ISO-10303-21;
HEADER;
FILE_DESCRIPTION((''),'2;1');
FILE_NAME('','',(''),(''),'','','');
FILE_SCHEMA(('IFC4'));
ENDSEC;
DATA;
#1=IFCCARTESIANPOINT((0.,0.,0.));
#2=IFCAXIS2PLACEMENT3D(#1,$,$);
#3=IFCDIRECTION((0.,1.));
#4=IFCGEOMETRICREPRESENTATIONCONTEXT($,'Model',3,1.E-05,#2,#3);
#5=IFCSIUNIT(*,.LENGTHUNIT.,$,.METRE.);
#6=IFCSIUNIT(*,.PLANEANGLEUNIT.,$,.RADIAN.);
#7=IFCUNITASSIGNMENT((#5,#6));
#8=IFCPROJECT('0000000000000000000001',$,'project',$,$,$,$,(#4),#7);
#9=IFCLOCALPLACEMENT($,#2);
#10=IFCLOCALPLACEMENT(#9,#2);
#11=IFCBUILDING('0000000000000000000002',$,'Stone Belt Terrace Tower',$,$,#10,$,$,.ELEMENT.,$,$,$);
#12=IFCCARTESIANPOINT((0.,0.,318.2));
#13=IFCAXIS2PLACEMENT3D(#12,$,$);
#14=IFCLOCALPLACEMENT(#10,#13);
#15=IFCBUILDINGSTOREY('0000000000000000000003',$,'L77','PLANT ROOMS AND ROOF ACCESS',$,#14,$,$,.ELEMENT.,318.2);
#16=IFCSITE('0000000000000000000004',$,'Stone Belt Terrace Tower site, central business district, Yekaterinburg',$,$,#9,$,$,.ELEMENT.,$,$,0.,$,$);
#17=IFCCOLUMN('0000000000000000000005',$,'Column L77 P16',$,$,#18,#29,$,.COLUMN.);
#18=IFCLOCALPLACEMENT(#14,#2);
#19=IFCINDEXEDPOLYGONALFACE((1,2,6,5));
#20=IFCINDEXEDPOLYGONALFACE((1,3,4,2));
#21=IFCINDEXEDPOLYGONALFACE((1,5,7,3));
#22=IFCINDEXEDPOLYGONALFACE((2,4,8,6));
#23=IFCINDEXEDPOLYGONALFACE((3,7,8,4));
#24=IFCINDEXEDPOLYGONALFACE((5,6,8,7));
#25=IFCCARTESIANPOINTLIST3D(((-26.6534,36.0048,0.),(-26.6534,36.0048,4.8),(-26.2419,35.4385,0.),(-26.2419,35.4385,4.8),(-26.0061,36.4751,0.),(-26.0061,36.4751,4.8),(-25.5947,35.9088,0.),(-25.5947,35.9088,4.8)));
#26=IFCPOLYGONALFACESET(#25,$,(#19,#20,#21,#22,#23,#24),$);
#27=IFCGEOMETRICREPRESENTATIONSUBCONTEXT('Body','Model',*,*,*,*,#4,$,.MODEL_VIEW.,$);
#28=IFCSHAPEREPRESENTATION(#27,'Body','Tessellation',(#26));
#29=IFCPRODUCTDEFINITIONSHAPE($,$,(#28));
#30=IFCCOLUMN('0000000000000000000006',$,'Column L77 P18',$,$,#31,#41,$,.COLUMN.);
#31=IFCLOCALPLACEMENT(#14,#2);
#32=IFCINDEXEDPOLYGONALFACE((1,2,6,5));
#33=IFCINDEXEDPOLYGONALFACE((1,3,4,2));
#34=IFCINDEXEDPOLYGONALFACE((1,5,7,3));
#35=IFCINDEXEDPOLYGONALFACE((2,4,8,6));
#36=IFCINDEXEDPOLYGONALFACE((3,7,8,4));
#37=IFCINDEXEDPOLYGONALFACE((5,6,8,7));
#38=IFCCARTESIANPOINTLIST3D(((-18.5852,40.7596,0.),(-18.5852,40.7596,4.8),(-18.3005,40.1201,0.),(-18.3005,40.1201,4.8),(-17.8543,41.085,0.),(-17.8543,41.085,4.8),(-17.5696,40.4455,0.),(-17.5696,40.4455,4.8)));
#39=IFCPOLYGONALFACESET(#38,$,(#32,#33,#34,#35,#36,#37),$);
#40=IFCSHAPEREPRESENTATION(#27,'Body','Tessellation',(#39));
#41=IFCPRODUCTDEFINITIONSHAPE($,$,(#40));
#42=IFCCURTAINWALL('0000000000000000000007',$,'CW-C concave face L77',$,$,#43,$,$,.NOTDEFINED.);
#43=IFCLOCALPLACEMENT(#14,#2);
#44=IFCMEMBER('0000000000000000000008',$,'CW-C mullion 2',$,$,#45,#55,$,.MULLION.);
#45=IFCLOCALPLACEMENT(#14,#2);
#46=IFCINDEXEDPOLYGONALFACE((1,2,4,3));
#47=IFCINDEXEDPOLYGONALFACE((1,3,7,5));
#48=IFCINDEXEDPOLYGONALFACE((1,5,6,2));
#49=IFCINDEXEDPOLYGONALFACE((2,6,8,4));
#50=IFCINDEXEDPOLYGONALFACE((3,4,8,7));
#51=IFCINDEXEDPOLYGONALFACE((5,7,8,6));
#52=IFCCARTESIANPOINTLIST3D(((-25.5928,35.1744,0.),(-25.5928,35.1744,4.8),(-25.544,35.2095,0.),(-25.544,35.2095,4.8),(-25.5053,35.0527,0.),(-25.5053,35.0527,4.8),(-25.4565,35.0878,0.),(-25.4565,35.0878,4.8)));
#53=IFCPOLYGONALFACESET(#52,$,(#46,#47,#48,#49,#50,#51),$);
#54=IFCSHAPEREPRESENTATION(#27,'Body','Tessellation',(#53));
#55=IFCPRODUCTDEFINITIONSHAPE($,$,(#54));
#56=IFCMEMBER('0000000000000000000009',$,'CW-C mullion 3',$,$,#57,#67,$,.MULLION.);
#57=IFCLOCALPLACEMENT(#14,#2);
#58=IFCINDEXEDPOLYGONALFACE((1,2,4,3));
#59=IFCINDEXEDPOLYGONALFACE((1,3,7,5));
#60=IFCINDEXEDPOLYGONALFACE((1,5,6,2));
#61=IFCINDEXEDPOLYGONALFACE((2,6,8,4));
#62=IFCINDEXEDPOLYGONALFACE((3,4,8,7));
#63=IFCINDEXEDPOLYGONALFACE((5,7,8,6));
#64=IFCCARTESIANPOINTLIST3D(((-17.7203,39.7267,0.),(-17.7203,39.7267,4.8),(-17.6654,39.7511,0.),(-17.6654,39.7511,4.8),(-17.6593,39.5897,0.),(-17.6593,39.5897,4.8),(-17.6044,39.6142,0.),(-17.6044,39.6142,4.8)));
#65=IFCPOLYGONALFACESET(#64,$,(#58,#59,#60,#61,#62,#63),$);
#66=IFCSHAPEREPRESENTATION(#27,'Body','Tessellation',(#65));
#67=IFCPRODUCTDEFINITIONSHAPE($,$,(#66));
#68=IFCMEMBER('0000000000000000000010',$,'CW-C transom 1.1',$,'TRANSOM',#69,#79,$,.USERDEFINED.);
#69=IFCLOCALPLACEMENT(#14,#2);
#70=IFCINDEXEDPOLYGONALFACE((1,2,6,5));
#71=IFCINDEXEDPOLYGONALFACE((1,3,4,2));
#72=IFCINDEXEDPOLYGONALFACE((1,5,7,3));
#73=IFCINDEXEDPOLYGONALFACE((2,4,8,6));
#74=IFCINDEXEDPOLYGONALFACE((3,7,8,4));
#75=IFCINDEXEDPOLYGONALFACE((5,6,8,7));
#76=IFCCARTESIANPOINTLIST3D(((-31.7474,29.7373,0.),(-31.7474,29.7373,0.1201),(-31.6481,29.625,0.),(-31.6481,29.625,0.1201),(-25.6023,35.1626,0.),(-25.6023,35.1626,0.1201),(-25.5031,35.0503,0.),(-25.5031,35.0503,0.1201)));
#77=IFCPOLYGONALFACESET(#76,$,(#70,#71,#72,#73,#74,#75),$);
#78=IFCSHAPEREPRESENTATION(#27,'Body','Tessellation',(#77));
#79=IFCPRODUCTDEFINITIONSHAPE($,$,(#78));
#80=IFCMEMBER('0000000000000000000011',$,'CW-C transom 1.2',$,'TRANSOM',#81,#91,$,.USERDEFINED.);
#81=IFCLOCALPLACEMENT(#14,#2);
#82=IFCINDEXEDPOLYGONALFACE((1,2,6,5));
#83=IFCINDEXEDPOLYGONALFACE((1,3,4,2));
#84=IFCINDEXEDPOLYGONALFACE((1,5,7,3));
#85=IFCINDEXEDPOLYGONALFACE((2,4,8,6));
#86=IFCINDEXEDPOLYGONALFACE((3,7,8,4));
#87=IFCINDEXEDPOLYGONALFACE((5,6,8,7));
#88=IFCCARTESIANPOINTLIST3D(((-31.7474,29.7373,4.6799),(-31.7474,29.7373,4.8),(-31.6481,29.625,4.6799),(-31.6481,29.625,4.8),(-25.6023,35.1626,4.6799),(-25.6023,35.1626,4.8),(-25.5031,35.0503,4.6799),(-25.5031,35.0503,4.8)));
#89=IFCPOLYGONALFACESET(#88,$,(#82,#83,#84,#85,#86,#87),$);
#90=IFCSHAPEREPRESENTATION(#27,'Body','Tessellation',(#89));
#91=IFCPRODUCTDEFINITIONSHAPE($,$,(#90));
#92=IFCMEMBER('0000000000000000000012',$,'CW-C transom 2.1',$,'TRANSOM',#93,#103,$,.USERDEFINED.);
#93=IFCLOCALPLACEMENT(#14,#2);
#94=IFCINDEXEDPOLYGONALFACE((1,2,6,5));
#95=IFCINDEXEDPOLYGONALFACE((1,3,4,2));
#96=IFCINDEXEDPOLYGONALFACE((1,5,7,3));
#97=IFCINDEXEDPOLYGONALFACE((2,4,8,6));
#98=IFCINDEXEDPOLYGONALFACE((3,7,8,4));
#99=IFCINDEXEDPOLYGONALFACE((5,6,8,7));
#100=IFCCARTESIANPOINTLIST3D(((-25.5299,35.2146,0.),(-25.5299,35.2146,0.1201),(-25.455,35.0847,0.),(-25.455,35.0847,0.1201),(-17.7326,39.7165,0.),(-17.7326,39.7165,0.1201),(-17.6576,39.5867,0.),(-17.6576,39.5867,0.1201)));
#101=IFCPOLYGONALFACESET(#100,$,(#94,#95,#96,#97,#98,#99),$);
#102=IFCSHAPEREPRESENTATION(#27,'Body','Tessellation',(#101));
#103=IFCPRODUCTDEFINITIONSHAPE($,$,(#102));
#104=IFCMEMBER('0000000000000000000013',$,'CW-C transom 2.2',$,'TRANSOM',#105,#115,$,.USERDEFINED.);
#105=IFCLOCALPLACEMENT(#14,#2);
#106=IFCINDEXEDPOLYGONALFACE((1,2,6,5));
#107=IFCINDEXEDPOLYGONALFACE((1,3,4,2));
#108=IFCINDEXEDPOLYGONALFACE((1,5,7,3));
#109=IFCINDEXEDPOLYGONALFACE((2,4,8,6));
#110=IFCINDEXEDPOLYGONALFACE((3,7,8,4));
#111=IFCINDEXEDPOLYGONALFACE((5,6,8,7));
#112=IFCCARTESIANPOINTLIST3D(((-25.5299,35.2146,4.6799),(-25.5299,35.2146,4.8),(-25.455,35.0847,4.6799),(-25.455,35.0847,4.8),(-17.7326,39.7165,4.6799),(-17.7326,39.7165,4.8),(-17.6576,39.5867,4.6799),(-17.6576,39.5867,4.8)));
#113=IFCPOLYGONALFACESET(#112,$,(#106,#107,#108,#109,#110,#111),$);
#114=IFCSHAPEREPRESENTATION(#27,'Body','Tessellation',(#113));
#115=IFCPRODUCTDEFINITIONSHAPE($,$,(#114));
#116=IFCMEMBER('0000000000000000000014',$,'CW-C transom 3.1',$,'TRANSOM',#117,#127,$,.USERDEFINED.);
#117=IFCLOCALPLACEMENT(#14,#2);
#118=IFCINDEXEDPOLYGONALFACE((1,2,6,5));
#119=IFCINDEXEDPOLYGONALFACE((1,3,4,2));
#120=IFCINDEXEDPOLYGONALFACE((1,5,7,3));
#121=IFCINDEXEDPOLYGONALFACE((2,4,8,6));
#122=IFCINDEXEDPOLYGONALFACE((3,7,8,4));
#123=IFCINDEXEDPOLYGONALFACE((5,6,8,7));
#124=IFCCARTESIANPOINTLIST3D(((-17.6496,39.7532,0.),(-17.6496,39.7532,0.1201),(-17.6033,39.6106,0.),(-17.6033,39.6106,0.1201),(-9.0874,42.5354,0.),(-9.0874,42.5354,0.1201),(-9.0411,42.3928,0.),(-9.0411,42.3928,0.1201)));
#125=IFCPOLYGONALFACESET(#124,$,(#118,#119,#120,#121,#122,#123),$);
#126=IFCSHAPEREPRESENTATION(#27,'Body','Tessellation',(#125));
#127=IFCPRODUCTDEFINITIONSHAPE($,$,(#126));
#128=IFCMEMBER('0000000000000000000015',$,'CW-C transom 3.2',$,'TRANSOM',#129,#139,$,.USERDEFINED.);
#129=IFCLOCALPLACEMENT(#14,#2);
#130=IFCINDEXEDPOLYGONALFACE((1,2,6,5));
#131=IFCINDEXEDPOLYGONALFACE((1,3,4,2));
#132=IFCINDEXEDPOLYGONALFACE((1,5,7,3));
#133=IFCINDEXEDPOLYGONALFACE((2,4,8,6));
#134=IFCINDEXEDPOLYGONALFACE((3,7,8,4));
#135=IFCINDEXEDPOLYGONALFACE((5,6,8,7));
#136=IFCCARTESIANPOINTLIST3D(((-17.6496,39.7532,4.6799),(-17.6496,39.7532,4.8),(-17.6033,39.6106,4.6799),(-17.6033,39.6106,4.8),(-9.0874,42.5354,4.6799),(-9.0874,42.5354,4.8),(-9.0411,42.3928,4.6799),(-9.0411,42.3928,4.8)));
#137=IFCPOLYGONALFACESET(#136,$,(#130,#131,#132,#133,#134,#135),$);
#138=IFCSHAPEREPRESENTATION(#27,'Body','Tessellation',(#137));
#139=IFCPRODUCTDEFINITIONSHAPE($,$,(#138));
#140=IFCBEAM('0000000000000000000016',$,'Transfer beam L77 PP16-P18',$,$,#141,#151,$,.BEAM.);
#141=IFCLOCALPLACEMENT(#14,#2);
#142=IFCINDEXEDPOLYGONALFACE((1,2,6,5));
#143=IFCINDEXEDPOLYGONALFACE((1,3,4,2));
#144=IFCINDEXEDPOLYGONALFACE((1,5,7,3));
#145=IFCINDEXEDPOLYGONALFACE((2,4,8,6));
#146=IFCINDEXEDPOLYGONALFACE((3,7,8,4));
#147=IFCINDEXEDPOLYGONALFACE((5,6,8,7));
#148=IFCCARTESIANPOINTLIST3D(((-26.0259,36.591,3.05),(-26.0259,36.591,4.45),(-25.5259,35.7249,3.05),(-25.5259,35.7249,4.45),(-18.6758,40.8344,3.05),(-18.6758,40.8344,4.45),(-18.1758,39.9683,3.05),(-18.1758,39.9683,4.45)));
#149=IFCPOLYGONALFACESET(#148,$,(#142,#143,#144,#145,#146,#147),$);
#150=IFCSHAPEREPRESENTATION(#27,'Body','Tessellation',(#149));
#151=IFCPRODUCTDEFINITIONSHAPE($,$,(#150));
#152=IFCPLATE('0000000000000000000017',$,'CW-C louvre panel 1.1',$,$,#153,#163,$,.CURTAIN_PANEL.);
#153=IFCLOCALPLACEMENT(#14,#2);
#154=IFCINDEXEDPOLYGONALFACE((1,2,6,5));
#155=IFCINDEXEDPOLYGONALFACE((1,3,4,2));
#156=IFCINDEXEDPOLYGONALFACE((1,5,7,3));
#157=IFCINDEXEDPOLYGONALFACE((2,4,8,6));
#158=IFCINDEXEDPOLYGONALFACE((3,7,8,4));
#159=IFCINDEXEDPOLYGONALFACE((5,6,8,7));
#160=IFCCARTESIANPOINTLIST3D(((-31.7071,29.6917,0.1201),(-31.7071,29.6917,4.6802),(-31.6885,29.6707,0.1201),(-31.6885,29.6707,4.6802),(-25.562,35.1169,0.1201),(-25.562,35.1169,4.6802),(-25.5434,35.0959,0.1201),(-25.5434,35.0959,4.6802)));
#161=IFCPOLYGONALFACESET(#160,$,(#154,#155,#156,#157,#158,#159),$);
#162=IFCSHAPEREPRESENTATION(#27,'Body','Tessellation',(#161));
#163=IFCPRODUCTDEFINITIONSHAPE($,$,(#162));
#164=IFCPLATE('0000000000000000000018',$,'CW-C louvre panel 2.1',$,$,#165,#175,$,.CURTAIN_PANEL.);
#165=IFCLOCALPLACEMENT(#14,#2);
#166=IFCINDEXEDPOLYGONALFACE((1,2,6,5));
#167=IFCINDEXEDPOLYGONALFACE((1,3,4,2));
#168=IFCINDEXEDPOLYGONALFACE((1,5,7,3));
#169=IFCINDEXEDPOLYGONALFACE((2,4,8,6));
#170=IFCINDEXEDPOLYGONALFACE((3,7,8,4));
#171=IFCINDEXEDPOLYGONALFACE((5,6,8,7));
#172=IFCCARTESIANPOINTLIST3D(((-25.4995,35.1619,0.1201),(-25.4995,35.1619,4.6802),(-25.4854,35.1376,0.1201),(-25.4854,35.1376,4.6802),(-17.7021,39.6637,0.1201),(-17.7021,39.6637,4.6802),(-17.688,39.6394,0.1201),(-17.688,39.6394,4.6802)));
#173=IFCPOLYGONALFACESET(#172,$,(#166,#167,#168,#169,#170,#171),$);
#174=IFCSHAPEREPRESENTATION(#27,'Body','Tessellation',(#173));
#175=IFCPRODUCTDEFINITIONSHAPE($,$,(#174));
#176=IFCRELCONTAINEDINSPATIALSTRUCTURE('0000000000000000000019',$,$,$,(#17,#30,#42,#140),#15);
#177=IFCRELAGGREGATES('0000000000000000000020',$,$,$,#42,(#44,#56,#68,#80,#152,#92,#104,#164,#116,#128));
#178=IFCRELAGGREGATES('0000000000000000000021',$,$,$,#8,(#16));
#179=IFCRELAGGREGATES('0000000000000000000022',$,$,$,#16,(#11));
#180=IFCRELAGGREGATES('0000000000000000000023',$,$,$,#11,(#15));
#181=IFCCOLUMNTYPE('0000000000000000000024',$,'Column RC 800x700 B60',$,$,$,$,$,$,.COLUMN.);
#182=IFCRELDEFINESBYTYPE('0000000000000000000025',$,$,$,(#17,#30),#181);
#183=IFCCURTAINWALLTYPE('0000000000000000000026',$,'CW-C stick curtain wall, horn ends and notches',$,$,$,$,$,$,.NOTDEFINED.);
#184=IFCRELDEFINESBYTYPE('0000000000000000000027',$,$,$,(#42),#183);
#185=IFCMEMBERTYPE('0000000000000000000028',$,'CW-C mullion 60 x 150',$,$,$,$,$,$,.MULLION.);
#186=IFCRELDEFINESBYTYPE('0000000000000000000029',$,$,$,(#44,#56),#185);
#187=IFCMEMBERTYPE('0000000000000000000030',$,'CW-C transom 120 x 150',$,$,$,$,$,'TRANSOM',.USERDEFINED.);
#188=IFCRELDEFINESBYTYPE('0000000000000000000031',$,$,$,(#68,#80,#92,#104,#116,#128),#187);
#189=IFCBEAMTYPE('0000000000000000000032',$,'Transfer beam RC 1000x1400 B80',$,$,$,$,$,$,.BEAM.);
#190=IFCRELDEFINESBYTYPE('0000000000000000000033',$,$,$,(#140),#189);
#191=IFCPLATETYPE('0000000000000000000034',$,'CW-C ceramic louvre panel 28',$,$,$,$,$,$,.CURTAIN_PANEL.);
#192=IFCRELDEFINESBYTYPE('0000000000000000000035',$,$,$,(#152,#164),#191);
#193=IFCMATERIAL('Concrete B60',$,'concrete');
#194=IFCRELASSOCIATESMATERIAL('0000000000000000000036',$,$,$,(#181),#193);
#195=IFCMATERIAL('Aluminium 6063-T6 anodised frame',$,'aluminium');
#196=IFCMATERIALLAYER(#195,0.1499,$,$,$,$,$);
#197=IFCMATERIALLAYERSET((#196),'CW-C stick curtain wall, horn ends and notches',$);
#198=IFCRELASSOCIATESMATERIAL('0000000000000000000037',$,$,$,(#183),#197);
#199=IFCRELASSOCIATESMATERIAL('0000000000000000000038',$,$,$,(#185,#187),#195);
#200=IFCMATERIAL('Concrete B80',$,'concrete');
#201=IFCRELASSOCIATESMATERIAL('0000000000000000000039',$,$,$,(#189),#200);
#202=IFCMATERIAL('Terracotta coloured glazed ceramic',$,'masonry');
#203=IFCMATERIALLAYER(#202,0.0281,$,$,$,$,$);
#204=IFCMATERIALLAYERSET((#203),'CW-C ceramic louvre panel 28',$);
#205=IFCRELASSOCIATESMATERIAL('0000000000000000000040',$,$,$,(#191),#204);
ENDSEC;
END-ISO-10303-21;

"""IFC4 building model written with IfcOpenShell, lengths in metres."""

from ifc_helpers import new_model, si_unit, direction, frame, origin, origin_2d, place, context, subcontext, project, spatial, rectangle, extrude, material, layer, layer_set, material_profile, profile_set, type_object, element, aggregate, save


model = new_model("IFC4")

# Units and contexts
model_context = context("Model", 3, precision=1e-05, world=origin(), true_north=direction((0.0, 1.0)))
body_context = subcontext(model_context, "Body", "Model", "MODEL_VIEW")
ifc_project = project(units=[si_unit("LENGTHUNIT", "METRE"), si_unit("PLANEANGLEUNIT", "RADIAN")], contexts=[model_context])

# Site, building, storey
site_placement = place(None, origin())
site = spatial("IfcSite", under=ifc_project, at=site_placement, Name="Stone Belt Terrace Tower site, central business district, Yekaterinburg", CompositionType="ELEMENT", RefElevation=0.0)
building_placement = place(site_placement, origin())
building = spatial("IfcBuilding", under=site, at=building_placement, Name="Stone Belt Terrace Tower", CompositionType="ELEMENT")
storey_placement = place(building_placement, frame((0.0, 0.0, 318.2)))
storey = spatial("IfcBuildingStorey", under=building, at=storey_placement, Name="L77", Description="PLANT ROOMS AND ROOF ACCESS", CompositionType="ELEMENT", Elevation=318.2)

# Columns
ifc_material_1 = material(Name="Concrete B60", Category="concrete")
ifc_material_profile_1 = material_profile(ifc_material_1, rectangle(XDim=0.8, YDim=0.7, at=origin_2d()), Name="RC 800x700")
ifc_profile_set_1 = profile_set([ifc_material_profile_1], Name="Concrete B60")
column_type = type_object("IfcColumnType", Name="Column RC 800x700 B60", PredefinedType="COLUMN", material=ifc_profile_set_1)
for number, where, z_axis, x_axis, name in (
    (1, (-26.124, 35.9568, 0.0), (0.0, 0.0, 1.0), (0.809017, 0.587785, 0.0), "Column L77 P16"),
    (2, (-18.0774, 40.6025, 0.0), (0.0, 0.0, 1.0), (0.913545, 0.406737, 0.0), "Column L77 P18"),
):
    element("IfcColumn", number, at=place(storey_placement, frame(where, z_axis=z_axis, x_axis=x_axis)), inside=storey, type_object=column_type, Name=name, PredefinedType="COLUMN", context=body_context, shape_type="SweptSolid", body=[
        extrude(rectangle(XDim=0.8, YDim=0.7, at=origin_2d()), origin(), (0.0, 0.0, 1.0), 4.8),
    ])

# Curtain wall, members
ifc_material_2 = material(Name="Aluminium 6063-T6 anodised frame", Category="aluminium")
ifc_layer_1 = layer(ifc_material_2, 0.1499)
ifc_layer_set_1 = layer_set([ifc_layer_1], Name="CW-C stick curtain wall, horn ends and notches")
curtain_wall_type = type_object("IfcCurtainWallType", Name="CW-C stick curtain wall, horn ends and notches", PredefinedType="NOTDEFINED", material=ifc_layer_set_1)
curtain_wall_placement = place(storey_placement, origin())
curtain_wall = element("IfcCurtainWall", 3, at=curtain_wall_placement, inside=storey, type_object=curtain_wall_type, Name="CW-C concave face L77", PredefinedType="NOTDEFINED")
ifc_material_profile_2 = material_profile(ifc_material_2, rectangle(XDim=0.1499, YDim=0.0601, at=origin_2d()), Name="Aluminium 6063-T6 60x150")
ifc_profile_set_2 = profile_set([ifc_material_profile_2], Name="Aluminium 6063-T6 anodised frame")
member_type_1 = type_object("IfcMemberType", Name="CW-C mullion 60 x 150", PredefinedType="MULLION", material=ifc_profile_set_2)
member_1_placement = place(storey_placement, frame((-25.5247, 35.1311, 0.0), z_axis=(0.0, 0.0, 1.0), x_axis=(-0.583819, 0.811884, 0.0)))
member_1 = element("IfcMember", 4, at=member_1_placement, type_object=member_type_1, Name="CW-C mullion 2", PredefinedType="MULLION", context=body_context, shape_type="SweptSolid", body=[
    extrude(rectangle(XDim=0.1499, YDim=0.0601, at=origin_2d()), origin(), (0.0, 0.0, 1.0), 4.8),
])
member_2_placement = place(storey_placement, frame((-17.6624, 39.6704, 0.0), z_axis=(0.0, 0.0, 1.0), x_axis=(-0.406737, 0.913545, 0.0)))
member_2 = element("IfcMember", 5, at=member_2_placement, type_object=member_type_1, Name="CW-C mullion 3", PredefinedType="MULLION", context=body_context, shape_type="SweptSolid", body=[
    extrude(rectangle(XDim=0.1499, YDim=0.0601, at=origin_2d()), origin(), (0.0, 0.0, 1.0), 4.8),
])
ifc_material_profile_3 = material_profile(ifc_material_2, rectangle(XDim=0.1499, YDim=0.1201, at=origin_2d()), Name="Aluminium 6063-T6 150x120")
ifc_profile_set_3 = profile_set([ifc_material_profile_3], Name="Aluminium 6063-T6 anodised frame")
member_type_2 = type_object("IfcMemberType", Name="CW-C transom 120 x 150", ElementType="TRANSOM", PredefinedType="USERDEFINED", material=ifc_profile_set_3)
member_3_placement = place(storey_placement, frame((-31.6978, 29.6812, 0.0601), z_axis=(0.749643, 0.661842, 0.0), x_axis=(-0.661842, 0.749643, 0.0)))
member_3 = element("IfcMember", 6, at=member_3_placement, type_object=member_type_2, Name="CW-C transom 1.1", ObjectType="TRANSOM", PredefinedType="USERDEFINED", context=body_context, shape_type="SweptSolid", body=[
    extrude(rectangle(XDim=0.1499, YDim=0.1201, at=origin_2d()), origin(), (0.0, 0.0, 1.0), 8.1973),
])
member_4_placement = place(storey_placement, frame((-31.6978, 29.6812, 4.74), z_axis=(0.749643, 0.661842, 0.0), x_axis=(-0.661842, 0.749643, 0.0)))
member_4 = element("IfcMember", 7, at=member_4_placement, type_object=member_type_2, Name="CW-C transom 1.2", ObjectType="TRANSOM", PredefinedType="USERDEFINED", context=body_context, shape_type="SweptSolid", body=[
    extrude(rectangle(XDim=0.1499, YDim=0.1201, at=origin_2d()), origin(), (0.0, 0.0, 1.0), 8.1973),
])
member_5_placement = place(storey_placement, frame((-25.4924, 35.1497, 0.0601), z_axis=(0.866019, 0.500012, 0.0), x_axis=(-0.500012, 0.866019, 0.0)))
member_5 = element("IfcMember", 8, at=member_5_placement, type_object=member_type_2, Name="CW-C transom 2.1", ObjectType="TRANSOM", PredefinedType="USERDEFINED", context=body_context, shape_type="SweptSolid", body=[
    extrude(rectangle(XDim=0.1499, YDim=0.1201, at=origin_2d()), origin(), (0.0, 0.0, 1.0), 9.0037),
])
member_6_placement = place(storey_placement, frame((-25.4924, 35.1497, 4.74), z_axis=(0.866019, 0.500012, 0.0), x_axis=(-0.500012, 0.866019, 0.0)))
member_6 = element("IfcMember", 9, at=member_6_placement, type_object=member_type_2, Name="CW-C transom 2.2", ObjectType="TRANSOM", PredefinedType="USERDEFINED", context=body_context, shape_type="SweptSolid", body=[
    extrude(rectangle(XDim=0.1499, YDim=0.1201, at=origin_2d()), origin(), (0.0, 0.0, 1.0), 9.0037),
])
member_7_placement = place(storey_placement, frame((-17.6265, 39.6819, 0.0601), z_axis=(0.951051, 0.309035, 0.0), x_axis=(-0.309035, 0.951051, 0.0)))
member_7 = element("IfcMember", 10, at=member_7_placement, type_object=member_type_2, Name="CW-C transom 3.1", ObjectType="TRANSOM", PredefinedType="USERDEFINED", context=body_context, shape_type="SweptSolid", body=[
    extrude(rectangle(XDim=0.1499, YDim=0.1201, at=origin_2d()), origin(), (0.0, 0.0, 1.0), 9.0029),
])
member_8_placement = place(storey_placement, frame((-17.6265, 39.6819, 4.74), z_axis=(0.951051, 0.309035, 0.0), x_axis=(-0.309035, 0.951051, 0.0)))
member_8 = element("IfcMember", 11, at=member_8_placement, type_object=member_type_2, Name="CW-C transom 3.2", ObjectType="TRANSOM", PredefinedType="USERDEFINED", context=body_context, shape_type="SweptSolid", body=[
    extrude(rectangle(XDim=0.1499, YDim=0.1201, at=origin_2d()), origin(), (0.0, 0.0, 1.0), 9.0029),
])

# Beam
ifc_material_3 = material(Name="Concrete B80", Category="concrete")
ifc_material_profile_4 = material_profile(ifc_material_3, rectangle(XDim=1.0, YDim=1.3999, at=origin_2d()), Name="RC 1000x1400")
ifc_profile_set_4 = profile_set([ifc_material_profile_4], Name="Concrete B80")
beam_type = type_object("IfcBeamType", Name="Transfer beam RC 1000x1400 B80", PredefinedType="BEAM", material=ifc_profile_set_4)
beam_placement = place(storey_placement, frame((-25.7759, 36.158, 3.75), z_axis=(0.866034, 0.499985, 0.0), x_axis=(-0.499985, 0.866034, 0.0)))
element("IfcBeam", 12, at=beam_placement, inside=storey, type_object=beam_type, Name="Transfer beam L77 PP16-P18", PredefinedType="BEAM", context=body_context, shape_type="SweptSolid", body=[
    extrude(rectangle(XDim=1.0, YDim=1.3999, at=origin_2d()), origin(), (0.0, 0.0, 1.0), 8.4871),
])

# Plates
ifc_material_4 = material(Name="Terracotta coloured glazed ceramic", Category="masonry")
ifc_layer_2 = layer(ifc_material_4, 0.0281)
ifc_layer_set_2 = layer_set([ifc_layer_2], Name="CW-C ceramic louvre panel 28")
plate_type = type_object("IfcPlateType", Name="CW-C ceramic louvre panel 28", PredefinedType="CURTAIN_PANEL", material=ifc_layer_set_2)
plate_1_placement = place(storey_placement, frame((-28.6252, 32.3938, 0.1201), z_axis=(0.0, 0.0, 1.0), x_axis=(0.749659, 0.661825, 0.0)))
plate_1 = element("IfcPlate", 13, at=plate_1_placement, type_object=plate_type, Name="CW-C louvre panel 1.1", PredefinedType="CURTAIN_PANEL", context=body_context, shape_type="SweptSolid", body=[
    extrude(rectangle(XDim=8.1973, YDim=0.0281, at=origin_2d()), origin(), (0.0, 0.0, 1.0), 4.5601),
])
plate_2_placement = place(storey_placement, frame((-21.5938, 37.4006, 0.1201), z_axis=(0.0, 0.0, 1.0), x_axis=(0.866025, 0.5, 0.0)))
plate_2 = element("IfcPlate", 14, at=plate_2_placement, type_object=plate_type, Name="CW-C louvre panel 2.1", PredefinedType="CURTAIN_PANEL", context=body_context, shape_type="SweptSolid", body=[
    extrude(rectangle(XDim=9.0037, YDim=0.0281, at=origin_2d()), origin(), (0.0, 0.0, 1.0), 4.5601),
])
aggregate(curtain_wall, [member_1, member_2, member_3, member_4, plate_1, member_5, member_6, plate_2, member_7, member_8])

save(model, "model.ifc")
